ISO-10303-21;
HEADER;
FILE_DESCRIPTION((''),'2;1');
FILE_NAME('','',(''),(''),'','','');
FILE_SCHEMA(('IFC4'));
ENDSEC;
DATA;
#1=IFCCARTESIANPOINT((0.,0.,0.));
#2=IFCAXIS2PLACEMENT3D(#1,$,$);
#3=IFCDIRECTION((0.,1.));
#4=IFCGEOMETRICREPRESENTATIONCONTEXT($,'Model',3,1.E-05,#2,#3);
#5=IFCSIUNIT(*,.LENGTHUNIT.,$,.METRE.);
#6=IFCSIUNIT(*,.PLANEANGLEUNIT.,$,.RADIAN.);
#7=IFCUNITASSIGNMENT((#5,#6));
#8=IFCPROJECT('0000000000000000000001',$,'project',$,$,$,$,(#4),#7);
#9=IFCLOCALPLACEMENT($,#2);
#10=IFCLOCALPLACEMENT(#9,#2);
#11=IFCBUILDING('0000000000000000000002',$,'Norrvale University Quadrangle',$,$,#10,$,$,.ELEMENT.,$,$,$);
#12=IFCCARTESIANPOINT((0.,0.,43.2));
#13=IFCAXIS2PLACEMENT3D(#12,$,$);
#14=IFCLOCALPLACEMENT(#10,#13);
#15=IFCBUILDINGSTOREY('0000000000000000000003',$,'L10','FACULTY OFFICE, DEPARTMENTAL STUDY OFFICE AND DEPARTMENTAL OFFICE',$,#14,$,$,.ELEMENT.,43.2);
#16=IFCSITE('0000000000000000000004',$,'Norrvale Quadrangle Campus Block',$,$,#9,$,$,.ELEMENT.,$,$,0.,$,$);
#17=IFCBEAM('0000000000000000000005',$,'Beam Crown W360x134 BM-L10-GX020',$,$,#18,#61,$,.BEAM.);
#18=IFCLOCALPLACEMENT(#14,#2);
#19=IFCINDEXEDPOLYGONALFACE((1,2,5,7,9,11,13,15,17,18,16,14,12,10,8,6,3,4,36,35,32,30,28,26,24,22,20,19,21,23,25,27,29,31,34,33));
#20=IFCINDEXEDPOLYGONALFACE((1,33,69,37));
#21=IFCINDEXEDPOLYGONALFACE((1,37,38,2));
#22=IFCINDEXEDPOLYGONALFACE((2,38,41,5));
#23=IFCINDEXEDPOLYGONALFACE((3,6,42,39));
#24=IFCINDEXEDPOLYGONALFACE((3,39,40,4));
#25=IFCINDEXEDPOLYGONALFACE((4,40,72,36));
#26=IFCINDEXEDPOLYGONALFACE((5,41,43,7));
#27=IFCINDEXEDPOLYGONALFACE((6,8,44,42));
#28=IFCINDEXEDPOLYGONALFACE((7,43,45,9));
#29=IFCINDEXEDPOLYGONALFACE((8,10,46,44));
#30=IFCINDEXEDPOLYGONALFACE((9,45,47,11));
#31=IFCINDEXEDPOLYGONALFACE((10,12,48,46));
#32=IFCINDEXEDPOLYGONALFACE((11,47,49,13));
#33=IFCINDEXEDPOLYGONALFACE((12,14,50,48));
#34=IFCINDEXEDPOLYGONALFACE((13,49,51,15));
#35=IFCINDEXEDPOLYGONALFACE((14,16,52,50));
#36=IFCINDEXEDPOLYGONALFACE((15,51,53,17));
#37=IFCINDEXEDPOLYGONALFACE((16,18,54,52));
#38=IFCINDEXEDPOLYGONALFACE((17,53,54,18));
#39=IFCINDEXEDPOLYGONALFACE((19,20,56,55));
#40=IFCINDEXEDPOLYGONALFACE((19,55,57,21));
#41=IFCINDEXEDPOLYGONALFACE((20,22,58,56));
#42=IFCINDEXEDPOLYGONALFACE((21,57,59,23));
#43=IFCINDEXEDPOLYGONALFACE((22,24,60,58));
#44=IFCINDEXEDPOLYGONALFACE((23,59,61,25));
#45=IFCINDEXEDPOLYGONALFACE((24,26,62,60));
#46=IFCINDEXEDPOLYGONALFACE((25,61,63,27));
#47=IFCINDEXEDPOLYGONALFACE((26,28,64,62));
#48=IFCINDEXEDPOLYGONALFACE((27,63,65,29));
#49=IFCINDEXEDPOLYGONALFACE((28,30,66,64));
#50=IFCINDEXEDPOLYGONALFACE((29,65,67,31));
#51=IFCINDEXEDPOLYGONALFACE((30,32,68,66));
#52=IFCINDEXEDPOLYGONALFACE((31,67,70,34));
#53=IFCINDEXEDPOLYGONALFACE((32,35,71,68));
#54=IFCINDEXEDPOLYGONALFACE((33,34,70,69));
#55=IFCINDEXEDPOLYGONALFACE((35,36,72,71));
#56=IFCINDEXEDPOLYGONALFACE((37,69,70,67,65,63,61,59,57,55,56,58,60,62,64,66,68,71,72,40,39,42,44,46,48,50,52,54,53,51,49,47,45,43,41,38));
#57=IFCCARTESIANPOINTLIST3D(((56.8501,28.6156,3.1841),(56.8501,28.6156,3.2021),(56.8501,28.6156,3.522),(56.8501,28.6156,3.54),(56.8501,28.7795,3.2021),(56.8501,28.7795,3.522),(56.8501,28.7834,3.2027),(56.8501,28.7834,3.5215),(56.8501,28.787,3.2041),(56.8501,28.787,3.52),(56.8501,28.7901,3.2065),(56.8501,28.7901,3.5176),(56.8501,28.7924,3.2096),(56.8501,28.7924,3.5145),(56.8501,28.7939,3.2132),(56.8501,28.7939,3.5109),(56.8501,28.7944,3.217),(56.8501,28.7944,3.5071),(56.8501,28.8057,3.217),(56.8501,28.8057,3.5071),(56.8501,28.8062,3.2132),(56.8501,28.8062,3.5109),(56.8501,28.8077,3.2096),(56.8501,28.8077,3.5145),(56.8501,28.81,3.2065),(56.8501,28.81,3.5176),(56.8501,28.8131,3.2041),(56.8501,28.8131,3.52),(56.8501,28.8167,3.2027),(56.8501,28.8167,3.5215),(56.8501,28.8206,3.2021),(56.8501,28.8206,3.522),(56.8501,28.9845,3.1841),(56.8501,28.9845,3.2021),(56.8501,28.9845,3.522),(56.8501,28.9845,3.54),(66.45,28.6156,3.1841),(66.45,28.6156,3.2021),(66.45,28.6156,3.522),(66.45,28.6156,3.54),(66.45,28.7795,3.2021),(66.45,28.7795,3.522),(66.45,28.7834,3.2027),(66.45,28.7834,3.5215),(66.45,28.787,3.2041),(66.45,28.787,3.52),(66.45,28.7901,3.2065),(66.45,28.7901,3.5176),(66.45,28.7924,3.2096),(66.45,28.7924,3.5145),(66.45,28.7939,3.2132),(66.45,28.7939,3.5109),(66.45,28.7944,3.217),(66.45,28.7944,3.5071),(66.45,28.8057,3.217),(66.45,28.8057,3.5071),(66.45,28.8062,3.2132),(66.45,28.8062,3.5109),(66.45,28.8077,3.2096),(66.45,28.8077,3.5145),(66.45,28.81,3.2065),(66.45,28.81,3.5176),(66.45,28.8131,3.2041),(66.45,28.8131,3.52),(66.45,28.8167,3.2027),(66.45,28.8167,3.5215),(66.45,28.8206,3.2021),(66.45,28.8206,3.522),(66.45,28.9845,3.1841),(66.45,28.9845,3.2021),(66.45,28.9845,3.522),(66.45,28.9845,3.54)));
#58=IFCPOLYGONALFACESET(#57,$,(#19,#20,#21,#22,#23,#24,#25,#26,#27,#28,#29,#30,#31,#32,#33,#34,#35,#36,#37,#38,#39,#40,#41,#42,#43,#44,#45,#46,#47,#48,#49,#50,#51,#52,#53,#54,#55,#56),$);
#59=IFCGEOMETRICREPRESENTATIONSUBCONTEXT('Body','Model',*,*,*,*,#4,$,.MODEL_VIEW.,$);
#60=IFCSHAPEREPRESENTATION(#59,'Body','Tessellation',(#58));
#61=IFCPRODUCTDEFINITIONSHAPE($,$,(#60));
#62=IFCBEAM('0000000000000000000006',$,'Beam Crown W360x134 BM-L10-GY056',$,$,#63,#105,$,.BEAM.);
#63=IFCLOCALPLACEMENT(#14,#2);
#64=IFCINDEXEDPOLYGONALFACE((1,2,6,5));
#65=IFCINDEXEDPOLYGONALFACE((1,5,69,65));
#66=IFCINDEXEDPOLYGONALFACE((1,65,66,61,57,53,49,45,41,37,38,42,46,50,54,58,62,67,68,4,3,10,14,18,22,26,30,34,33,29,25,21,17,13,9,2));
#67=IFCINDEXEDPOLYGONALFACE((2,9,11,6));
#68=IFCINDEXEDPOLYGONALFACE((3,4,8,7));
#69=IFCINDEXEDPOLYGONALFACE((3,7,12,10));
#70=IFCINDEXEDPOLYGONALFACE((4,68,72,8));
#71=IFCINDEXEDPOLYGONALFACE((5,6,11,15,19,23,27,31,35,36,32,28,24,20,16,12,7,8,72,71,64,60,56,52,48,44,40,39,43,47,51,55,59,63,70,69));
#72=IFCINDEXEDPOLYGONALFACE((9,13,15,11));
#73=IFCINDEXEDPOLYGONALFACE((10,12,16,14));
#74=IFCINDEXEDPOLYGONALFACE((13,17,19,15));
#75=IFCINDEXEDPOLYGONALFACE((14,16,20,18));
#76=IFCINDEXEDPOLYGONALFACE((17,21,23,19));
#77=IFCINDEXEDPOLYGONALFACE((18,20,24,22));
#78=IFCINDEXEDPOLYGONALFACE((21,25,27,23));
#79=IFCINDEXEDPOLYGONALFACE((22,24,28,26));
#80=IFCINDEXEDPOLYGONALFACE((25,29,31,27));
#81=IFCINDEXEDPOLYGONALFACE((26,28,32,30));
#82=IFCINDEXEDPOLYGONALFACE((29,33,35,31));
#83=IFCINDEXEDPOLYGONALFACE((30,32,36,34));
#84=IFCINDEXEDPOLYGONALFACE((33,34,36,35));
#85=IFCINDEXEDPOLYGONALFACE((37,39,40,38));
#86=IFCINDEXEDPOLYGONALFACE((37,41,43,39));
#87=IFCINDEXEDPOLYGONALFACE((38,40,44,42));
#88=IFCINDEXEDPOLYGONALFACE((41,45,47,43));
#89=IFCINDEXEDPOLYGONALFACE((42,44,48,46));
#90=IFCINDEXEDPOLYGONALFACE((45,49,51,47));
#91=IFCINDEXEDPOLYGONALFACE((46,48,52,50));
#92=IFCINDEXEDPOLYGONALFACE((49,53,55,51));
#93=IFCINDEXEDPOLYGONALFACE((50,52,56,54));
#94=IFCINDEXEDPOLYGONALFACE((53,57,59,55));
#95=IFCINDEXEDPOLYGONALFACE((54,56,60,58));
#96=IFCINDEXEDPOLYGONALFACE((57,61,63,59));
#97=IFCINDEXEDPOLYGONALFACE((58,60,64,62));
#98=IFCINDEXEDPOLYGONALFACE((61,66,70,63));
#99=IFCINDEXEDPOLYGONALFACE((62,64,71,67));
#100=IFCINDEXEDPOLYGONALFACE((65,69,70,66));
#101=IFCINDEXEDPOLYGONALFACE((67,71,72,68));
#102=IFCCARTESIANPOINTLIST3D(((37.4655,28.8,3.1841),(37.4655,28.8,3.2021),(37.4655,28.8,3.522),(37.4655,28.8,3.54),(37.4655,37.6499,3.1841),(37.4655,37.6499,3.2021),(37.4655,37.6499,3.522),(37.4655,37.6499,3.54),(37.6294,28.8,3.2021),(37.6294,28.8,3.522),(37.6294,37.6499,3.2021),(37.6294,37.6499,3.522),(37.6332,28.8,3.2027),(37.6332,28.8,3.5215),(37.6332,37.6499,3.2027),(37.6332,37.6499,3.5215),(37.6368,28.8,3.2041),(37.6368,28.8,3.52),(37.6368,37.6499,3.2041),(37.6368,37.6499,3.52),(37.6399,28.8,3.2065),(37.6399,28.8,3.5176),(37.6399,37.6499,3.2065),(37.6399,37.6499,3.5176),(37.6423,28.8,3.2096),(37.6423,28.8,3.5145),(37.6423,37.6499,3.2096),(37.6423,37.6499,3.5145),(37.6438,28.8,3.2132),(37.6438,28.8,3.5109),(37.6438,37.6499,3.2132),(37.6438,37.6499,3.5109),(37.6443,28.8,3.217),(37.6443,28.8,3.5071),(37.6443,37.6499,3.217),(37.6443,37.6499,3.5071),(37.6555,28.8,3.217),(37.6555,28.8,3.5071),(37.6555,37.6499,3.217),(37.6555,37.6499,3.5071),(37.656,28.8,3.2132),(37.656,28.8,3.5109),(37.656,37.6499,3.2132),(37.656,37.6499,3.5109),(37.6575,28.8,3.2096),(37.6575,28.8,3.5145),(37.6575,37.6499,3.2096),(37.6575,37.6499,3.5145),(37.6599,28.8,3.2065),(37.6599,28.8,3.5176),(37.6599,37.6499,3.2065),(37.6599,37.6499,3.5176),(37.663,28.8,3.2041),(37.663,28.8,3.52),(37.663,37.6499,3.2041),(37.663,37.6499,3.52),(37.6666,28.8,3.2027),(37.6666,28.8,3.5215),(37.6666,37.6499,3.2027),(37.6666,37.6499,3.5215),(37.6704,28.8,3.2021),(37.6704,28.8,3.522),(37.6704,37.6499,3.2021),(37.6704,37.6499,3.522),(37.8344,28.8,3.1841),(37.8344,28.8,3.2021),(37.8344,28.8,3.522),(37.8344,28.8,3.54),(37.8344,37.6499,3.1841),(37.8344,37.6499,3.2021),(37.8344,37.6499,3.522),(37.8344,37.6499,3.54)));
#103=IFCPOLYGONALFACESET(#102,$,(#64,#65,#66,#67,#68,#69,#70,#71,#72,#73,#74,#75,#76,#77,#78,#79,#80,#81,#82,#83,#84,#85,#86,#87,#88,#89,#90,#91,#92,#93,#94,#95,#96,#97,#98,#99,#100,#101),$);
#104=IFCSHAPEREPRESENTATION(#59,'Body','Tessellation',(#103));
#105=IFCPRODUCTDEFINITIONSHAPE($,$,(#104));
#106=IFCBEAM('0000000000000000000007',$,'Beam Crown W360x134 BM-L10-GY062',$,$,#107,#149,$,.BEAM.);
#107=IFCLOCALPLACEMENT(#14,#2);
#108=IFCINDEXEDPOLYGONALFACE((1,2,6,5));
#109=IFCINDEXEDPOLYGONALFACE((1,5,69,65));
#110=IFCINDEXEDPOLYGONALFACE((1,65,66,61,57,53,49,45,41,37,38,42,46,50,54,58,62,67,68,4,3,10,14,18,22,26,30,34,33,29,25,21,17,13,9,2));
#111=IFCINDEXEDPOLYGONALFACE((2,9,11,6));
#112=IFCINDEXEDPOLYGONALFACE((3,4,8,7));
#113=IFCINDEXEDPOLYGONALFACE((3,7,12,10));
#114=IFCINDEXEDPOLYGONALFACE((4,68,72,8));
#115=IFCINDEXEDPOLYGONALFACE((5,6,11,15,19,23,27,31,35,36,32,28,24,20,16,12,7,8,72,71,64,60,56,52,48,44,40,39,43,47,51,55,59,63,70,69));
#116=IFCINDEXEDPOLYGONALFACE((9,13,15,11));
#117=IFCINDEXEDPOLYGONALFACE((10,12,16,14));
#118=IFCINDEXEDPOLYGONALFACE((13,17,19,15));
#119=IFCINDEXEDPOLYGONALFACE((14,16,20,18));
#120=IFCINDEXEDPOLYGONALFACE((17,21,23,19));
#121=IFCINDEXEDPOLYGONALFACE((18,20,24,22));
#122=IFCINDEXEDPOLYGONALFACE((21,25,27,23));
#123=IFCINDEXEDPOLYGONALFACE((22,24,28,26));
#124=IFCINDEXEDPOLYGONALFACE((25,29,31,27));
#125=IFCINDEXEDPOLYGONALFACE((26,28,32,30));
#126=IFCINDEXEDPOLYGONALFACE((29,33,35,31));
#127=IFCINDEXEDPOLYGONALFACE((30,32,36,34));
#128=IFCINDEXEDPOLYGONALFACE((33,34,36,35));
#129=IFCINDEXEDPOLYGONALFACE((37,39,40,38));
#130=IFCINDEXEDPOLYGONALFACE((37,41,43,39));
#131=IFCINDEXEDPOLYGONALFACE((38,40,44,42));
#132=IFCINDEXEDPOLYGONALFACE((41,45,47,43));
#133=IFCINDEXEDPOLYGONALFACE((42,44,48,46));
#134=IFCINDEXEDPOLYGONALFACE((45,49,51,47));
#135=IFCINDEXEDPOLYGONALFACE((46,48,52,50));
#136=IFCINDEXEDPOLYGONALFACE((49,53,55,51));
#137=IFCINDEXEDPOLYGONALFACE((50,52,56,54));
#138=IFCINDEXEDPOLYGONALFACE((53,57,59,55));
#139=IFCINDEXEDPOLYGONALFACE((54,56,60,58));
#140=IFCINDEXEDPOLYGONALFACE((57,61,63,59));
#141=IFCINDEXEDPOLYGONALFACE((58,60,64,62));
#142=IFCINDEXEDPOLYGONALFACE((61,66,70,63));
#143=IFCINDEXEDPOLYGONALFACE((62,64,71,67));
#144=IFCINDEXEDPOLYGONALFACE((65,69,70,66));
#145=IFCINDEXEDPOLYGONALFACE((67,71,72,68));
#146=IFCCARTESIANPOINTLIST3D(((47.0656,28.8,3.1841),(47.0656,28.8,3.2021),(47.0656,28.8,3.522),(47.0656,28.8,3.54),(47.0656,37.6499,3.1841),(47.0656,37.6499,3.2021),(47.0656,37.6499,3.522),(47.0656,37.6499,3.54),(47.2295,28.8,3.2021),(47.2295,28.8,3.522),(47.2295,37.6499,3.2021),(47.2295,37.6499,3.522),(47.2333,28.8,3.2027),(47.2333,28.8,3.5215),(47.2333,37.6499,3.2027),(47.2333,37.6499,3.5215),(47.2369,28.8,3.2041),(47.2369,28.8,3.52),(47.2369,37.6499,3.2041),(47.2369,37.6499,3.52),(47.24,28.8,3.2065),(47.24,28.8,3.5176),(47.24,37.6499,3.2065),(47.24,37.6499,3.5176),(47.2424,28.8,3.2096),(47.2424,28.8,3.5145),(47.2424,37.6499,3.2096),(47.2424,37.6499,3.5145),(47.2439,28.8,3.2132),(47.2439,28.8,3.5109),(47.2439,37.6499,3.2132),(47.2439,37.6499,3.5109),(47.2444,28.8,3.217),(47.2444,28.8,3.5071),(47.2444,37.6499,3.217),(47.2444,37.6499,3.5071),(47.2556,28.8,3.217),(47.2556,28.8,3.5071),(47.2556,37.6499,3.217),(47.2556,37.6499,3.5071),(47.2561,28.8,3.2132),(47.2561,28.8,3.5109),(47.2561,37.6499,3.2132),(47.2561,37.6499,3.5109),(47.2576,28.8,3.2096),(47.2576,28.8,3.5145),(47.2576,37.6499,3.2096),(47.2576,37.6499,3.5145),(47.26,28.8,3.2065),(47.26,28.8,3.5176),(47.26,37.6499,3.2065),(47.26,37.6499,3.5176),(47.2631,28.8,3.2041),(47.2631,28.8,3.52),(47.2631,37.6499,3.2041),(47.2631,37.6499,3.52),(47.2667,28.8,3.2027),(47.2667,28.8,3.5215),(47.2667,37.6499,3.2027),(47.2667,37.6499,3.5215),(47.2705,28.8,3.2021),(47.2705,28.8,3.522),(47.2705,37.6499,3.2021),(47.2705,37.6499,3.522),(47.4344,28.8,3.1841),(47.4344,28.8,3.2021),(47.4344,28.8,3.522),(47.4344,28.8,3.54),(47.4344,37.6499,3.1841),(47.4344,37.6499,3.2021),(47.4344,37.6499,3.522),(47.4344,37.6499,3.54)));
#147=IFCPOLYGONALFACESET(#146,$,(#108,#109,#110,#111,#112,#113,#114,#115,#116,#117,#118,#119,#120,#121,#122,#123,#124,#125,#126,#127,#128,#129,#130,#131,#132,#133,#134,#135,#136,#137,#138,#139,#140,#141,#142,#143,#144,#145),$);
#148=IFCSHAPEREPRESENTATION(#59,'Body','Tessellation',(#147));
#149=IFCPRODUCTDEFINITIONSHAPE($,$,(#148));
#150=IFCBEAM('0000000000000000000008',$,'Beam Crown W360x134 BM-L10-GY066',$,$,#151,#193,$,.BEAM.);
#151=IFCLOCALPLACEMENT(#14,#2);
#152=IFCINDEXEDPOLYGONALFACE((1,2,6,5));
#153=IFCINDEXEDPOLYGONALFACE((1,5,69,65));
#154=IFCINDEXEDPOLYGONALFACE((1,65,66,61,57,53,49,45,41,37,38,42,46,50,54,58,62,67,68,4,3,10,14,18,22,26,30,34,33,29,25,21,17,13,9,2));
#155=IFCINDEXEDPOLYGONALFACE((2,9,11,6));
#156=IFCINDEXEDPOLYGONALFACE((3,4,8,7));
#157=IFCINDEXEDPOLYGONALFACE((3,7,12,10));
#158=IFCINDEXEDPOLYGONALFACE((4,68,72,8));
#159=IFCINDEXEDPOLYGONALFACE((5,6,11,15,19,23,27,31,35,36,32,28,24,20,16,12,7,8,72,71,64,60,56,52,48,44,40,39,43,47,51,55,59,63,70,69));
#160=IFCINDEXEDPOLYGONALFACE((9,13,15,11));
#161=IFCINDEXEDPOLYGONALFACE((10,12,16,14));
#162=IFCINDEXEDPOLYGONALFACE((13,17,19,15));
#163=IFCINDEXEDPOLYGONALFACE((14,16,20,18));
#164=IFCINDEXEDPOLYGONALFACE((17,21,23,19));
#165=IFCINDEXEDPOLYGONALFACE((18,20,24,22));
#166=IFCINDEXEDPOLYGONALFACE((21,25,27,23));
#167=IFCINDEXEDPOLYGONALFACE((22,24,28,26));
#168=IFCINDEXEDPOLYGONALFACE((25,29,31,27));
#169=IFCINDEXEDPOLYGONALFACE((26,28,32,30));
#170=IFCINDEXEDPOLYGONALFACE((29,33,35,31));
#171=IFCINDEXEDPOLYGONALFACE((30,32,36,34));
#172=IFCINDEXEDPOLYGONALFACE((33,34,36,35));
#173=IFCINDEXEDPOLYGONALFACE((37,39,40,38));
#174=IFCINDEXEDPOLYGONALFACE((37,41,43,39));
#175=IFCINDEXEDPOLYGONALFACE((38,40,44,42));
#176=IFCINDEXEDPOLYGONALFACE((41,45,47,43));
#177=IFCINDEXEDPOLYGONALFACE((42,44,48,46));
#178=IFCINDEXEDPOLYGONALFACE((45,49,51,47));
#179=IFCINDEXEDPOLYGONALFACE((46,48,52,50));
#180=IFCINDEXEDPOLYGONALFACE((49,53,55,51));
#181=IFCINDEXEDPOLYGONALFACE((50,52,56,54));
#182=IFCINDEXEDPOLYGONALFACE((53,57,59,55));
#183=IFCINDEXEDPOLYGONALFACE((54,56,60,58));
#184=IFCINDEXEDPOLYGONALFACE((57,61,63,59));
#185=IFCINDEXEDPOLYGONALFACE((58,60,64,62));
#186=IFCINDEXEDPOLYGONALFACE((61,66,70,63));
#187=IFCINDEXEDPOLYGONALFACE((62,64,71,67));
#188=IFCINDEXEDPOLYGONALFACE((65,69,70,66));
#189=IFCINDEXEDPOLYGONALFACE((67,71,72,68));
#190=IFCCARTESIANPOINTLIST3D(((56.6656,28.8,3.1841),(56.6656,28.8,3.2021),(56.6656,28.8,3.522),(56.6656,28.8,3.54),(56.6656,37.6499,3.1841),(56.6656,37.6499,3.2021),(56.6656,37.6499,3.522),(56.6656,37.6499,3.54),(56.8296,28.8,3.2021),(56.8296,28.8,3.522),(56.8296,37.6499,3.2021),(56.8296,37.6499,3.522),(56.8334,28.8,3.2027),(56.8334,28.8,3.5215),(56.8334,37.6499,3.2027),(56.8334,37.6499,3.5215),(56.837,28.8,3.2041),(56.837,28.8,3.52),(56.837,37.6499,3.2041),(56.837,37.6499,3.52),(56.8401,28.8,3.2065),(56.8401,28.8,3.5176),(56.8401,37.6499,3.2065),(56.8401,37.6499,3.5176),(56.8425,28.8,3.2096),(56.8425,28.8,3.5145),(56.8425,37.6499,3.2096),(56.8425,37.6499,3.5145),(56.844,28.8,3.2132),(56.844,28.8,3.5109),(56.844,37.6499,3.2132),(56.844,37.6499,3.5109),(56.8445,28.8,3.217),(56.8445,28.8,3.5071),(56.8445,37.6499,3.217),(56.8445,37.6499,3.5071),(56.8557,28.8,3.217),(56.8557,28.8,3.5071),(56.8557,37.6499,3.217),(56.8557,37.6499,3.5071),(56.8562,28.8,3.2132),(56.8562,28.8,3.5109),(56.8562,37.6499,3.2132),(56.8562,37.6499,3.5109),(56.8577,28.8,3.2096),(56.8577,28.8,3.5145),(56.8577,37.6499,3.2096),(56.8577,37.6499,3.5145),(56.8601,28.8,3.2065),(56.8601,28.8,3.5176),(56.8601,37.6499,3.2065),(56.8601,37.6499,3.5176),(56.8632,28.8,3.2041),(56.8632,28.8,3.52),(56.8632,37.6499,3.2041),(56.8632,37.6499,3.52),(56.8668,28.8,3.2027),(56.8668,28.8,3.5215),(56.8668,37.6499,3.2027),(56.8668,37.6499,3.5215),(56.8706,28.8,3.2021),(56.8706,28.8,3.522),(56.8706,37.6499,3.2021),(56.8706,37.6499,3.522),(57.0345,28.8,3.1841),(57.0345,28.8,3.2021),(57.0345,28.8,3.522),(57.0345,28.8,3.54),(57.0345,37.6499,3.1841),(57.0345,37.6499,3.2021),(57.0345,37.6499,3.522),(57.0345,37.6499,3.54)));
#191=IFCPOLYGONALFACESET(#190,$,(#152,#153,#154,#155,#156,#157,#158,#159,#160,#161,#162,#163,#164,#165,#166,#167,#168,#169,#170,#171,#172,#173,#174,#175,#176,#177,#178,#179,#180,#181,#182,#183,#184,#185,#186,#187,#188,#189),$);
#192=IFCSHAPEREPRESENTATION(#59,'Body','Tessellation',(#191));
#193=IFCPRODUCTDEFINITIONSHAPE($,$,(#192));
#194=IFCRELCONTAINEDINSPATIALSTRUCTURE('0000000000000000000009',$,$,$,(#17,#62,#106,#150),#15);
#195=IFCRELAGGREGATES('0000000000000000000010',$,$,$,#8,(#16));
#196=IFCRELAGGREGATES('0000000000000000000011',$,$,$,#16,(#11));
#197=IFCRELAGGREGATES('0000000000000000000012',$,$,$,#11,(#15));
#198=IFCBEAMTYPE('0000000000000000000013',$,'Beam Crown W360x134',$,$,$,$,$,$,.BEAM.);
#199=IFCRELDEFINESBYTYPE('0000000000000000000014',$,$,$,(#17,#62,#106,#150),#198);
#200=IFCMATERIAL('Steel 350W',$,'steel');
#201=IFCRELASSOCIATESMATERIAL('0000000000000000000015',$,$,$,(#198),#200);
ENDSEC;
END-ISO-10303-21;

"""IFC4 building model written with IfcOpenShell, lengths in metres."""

from ifc_helpers import new_model, si_unit, direction, frame, origin, origin_2d, place, context, subcontext, project, spatial, i_section, extrude, material, material_profile, profile_set, type_object, element, save


model = new_model("IFC4")

# Units and contexts
model_context = context("Model", 3, precision=1e-05, world=origin(), true_north=direction((0.0, 1.0)))
body_context = subcontext(model_context, "Body", "Model", "MODEL_VIEW")
ifc_project = project(units=[si_unit("LENGTHUNIT", "METRE"), si_unit("PLANEANGLEUNIT", "RADIAN")], contexts=[model_context])

# Site, building, storey
site_placement = place(None, origin())
site = spatial("IfcSite", under=ifc_project, at=site_placement, Name="Norrvale Quadrangle Campus Block", CompositionType="ELEMENT", RefElevation=0.0)
building_placement = place(site_placement, origin())
building = spatial("IfcBuilding", under=site, at=building_placement, Name="Norrvale University Quadrangle", CompositionType="ELEMENT")
storey_placement = place(building_placement, frame((0.0, 0.0, 43.2)))
storey = spatial("IfcBuildingStorey", under=building, at=storey_placement, Name="L10", Description="FACULTY OFFICE, DEPARTMENTAL STUDY OFFICE AND DEPARTMENTAL OFFICE", CompositionType="ELEMENT", Elevation=43.2)

# Beams
ifc_material_1 = material(Name="Steel 350W", Category="steel")
ifc_material_profile_1 = material_profile(ifc_material_1, i_section(OverallWidth=0.3689, OverallDepth=0.356, WebThickness=0.0112, FlangeThickness=0.0181, FilletRadius=0.0149, at=origin_2d()), Name="Steel 350W")
ifc_profile_set_1 = profile_set([ifc_material_profile_1], Name="Steel 350W")
beam_type_1 = type_object("IfcBeamType", Name="Beam Crown W360x134", PredefinedType="BEAM", material=ifc_profile_set_1)
beam_1_placement = place(storey_placement, frame((56.8501, 28.8, 3.3621), z_axis=(1.0, 0.0, 0.0), x_axis=(0.0, 1.0, 0.0)))
element("IfcBeam", 1, at=beam_1_placement, inside=storey, type_object=beam_type_1, Name="Beam Crown W360x134 BM-L10-GX020", PredefinedType="BEAM", context=body_context, shape_type="SweptSolid", body=[
    extrude(i_section(OverallWidth=0.3689, OverallDepth=0.356, WebThickness=0.0112, FlangeThickness=0.0181, FilletRadius=0.0149, at=origin_2d()), origin(), (0.0, 0.0, 1.0), 9.5999),
])
for number, where, z_axis, x_axis, name in (
    (2, (37.6499, 28.8, 3.3621), (0.0, 1.0, 0.0), (-1.0, 0.0, 0.0), "Beam Crown W360x134 BM-L10-GY056"),
    (3, (47.25, 28.8, 3.3621), (0.0, 1.0, 0.0), (-1.0, 0.0, 0.0), "Beam Crown W360x134 BM-L10-GY062"),
    (4, (56.8501, 28.8, 3.3621), (0.0, 1.0, 0.0), (-1.0, 0.0, 0.0), "Beam Crown W360x134 BM-L10-GY066"),
):
    element("IfcBeam", number, at=place(storey_placement, frame(where, z_axis=z_axis, x_axis=x_axis)), inside=storey, type_object=beam_type_1, Name=name, PredefinedType="BEAM", context=body_context, shape_type="SweptSolid", body=[
        extrude(i_section(OverallWidth=0.3689, OverallDepth=0.356, WebThickness=0.0112, FlangeThickness=0.0181, FilletRadius=0.0149, at=origin_2d()), origin(), (0.0, 0.0, 1.0), 8.8499),
    ])

save(model, "model.ifc")
